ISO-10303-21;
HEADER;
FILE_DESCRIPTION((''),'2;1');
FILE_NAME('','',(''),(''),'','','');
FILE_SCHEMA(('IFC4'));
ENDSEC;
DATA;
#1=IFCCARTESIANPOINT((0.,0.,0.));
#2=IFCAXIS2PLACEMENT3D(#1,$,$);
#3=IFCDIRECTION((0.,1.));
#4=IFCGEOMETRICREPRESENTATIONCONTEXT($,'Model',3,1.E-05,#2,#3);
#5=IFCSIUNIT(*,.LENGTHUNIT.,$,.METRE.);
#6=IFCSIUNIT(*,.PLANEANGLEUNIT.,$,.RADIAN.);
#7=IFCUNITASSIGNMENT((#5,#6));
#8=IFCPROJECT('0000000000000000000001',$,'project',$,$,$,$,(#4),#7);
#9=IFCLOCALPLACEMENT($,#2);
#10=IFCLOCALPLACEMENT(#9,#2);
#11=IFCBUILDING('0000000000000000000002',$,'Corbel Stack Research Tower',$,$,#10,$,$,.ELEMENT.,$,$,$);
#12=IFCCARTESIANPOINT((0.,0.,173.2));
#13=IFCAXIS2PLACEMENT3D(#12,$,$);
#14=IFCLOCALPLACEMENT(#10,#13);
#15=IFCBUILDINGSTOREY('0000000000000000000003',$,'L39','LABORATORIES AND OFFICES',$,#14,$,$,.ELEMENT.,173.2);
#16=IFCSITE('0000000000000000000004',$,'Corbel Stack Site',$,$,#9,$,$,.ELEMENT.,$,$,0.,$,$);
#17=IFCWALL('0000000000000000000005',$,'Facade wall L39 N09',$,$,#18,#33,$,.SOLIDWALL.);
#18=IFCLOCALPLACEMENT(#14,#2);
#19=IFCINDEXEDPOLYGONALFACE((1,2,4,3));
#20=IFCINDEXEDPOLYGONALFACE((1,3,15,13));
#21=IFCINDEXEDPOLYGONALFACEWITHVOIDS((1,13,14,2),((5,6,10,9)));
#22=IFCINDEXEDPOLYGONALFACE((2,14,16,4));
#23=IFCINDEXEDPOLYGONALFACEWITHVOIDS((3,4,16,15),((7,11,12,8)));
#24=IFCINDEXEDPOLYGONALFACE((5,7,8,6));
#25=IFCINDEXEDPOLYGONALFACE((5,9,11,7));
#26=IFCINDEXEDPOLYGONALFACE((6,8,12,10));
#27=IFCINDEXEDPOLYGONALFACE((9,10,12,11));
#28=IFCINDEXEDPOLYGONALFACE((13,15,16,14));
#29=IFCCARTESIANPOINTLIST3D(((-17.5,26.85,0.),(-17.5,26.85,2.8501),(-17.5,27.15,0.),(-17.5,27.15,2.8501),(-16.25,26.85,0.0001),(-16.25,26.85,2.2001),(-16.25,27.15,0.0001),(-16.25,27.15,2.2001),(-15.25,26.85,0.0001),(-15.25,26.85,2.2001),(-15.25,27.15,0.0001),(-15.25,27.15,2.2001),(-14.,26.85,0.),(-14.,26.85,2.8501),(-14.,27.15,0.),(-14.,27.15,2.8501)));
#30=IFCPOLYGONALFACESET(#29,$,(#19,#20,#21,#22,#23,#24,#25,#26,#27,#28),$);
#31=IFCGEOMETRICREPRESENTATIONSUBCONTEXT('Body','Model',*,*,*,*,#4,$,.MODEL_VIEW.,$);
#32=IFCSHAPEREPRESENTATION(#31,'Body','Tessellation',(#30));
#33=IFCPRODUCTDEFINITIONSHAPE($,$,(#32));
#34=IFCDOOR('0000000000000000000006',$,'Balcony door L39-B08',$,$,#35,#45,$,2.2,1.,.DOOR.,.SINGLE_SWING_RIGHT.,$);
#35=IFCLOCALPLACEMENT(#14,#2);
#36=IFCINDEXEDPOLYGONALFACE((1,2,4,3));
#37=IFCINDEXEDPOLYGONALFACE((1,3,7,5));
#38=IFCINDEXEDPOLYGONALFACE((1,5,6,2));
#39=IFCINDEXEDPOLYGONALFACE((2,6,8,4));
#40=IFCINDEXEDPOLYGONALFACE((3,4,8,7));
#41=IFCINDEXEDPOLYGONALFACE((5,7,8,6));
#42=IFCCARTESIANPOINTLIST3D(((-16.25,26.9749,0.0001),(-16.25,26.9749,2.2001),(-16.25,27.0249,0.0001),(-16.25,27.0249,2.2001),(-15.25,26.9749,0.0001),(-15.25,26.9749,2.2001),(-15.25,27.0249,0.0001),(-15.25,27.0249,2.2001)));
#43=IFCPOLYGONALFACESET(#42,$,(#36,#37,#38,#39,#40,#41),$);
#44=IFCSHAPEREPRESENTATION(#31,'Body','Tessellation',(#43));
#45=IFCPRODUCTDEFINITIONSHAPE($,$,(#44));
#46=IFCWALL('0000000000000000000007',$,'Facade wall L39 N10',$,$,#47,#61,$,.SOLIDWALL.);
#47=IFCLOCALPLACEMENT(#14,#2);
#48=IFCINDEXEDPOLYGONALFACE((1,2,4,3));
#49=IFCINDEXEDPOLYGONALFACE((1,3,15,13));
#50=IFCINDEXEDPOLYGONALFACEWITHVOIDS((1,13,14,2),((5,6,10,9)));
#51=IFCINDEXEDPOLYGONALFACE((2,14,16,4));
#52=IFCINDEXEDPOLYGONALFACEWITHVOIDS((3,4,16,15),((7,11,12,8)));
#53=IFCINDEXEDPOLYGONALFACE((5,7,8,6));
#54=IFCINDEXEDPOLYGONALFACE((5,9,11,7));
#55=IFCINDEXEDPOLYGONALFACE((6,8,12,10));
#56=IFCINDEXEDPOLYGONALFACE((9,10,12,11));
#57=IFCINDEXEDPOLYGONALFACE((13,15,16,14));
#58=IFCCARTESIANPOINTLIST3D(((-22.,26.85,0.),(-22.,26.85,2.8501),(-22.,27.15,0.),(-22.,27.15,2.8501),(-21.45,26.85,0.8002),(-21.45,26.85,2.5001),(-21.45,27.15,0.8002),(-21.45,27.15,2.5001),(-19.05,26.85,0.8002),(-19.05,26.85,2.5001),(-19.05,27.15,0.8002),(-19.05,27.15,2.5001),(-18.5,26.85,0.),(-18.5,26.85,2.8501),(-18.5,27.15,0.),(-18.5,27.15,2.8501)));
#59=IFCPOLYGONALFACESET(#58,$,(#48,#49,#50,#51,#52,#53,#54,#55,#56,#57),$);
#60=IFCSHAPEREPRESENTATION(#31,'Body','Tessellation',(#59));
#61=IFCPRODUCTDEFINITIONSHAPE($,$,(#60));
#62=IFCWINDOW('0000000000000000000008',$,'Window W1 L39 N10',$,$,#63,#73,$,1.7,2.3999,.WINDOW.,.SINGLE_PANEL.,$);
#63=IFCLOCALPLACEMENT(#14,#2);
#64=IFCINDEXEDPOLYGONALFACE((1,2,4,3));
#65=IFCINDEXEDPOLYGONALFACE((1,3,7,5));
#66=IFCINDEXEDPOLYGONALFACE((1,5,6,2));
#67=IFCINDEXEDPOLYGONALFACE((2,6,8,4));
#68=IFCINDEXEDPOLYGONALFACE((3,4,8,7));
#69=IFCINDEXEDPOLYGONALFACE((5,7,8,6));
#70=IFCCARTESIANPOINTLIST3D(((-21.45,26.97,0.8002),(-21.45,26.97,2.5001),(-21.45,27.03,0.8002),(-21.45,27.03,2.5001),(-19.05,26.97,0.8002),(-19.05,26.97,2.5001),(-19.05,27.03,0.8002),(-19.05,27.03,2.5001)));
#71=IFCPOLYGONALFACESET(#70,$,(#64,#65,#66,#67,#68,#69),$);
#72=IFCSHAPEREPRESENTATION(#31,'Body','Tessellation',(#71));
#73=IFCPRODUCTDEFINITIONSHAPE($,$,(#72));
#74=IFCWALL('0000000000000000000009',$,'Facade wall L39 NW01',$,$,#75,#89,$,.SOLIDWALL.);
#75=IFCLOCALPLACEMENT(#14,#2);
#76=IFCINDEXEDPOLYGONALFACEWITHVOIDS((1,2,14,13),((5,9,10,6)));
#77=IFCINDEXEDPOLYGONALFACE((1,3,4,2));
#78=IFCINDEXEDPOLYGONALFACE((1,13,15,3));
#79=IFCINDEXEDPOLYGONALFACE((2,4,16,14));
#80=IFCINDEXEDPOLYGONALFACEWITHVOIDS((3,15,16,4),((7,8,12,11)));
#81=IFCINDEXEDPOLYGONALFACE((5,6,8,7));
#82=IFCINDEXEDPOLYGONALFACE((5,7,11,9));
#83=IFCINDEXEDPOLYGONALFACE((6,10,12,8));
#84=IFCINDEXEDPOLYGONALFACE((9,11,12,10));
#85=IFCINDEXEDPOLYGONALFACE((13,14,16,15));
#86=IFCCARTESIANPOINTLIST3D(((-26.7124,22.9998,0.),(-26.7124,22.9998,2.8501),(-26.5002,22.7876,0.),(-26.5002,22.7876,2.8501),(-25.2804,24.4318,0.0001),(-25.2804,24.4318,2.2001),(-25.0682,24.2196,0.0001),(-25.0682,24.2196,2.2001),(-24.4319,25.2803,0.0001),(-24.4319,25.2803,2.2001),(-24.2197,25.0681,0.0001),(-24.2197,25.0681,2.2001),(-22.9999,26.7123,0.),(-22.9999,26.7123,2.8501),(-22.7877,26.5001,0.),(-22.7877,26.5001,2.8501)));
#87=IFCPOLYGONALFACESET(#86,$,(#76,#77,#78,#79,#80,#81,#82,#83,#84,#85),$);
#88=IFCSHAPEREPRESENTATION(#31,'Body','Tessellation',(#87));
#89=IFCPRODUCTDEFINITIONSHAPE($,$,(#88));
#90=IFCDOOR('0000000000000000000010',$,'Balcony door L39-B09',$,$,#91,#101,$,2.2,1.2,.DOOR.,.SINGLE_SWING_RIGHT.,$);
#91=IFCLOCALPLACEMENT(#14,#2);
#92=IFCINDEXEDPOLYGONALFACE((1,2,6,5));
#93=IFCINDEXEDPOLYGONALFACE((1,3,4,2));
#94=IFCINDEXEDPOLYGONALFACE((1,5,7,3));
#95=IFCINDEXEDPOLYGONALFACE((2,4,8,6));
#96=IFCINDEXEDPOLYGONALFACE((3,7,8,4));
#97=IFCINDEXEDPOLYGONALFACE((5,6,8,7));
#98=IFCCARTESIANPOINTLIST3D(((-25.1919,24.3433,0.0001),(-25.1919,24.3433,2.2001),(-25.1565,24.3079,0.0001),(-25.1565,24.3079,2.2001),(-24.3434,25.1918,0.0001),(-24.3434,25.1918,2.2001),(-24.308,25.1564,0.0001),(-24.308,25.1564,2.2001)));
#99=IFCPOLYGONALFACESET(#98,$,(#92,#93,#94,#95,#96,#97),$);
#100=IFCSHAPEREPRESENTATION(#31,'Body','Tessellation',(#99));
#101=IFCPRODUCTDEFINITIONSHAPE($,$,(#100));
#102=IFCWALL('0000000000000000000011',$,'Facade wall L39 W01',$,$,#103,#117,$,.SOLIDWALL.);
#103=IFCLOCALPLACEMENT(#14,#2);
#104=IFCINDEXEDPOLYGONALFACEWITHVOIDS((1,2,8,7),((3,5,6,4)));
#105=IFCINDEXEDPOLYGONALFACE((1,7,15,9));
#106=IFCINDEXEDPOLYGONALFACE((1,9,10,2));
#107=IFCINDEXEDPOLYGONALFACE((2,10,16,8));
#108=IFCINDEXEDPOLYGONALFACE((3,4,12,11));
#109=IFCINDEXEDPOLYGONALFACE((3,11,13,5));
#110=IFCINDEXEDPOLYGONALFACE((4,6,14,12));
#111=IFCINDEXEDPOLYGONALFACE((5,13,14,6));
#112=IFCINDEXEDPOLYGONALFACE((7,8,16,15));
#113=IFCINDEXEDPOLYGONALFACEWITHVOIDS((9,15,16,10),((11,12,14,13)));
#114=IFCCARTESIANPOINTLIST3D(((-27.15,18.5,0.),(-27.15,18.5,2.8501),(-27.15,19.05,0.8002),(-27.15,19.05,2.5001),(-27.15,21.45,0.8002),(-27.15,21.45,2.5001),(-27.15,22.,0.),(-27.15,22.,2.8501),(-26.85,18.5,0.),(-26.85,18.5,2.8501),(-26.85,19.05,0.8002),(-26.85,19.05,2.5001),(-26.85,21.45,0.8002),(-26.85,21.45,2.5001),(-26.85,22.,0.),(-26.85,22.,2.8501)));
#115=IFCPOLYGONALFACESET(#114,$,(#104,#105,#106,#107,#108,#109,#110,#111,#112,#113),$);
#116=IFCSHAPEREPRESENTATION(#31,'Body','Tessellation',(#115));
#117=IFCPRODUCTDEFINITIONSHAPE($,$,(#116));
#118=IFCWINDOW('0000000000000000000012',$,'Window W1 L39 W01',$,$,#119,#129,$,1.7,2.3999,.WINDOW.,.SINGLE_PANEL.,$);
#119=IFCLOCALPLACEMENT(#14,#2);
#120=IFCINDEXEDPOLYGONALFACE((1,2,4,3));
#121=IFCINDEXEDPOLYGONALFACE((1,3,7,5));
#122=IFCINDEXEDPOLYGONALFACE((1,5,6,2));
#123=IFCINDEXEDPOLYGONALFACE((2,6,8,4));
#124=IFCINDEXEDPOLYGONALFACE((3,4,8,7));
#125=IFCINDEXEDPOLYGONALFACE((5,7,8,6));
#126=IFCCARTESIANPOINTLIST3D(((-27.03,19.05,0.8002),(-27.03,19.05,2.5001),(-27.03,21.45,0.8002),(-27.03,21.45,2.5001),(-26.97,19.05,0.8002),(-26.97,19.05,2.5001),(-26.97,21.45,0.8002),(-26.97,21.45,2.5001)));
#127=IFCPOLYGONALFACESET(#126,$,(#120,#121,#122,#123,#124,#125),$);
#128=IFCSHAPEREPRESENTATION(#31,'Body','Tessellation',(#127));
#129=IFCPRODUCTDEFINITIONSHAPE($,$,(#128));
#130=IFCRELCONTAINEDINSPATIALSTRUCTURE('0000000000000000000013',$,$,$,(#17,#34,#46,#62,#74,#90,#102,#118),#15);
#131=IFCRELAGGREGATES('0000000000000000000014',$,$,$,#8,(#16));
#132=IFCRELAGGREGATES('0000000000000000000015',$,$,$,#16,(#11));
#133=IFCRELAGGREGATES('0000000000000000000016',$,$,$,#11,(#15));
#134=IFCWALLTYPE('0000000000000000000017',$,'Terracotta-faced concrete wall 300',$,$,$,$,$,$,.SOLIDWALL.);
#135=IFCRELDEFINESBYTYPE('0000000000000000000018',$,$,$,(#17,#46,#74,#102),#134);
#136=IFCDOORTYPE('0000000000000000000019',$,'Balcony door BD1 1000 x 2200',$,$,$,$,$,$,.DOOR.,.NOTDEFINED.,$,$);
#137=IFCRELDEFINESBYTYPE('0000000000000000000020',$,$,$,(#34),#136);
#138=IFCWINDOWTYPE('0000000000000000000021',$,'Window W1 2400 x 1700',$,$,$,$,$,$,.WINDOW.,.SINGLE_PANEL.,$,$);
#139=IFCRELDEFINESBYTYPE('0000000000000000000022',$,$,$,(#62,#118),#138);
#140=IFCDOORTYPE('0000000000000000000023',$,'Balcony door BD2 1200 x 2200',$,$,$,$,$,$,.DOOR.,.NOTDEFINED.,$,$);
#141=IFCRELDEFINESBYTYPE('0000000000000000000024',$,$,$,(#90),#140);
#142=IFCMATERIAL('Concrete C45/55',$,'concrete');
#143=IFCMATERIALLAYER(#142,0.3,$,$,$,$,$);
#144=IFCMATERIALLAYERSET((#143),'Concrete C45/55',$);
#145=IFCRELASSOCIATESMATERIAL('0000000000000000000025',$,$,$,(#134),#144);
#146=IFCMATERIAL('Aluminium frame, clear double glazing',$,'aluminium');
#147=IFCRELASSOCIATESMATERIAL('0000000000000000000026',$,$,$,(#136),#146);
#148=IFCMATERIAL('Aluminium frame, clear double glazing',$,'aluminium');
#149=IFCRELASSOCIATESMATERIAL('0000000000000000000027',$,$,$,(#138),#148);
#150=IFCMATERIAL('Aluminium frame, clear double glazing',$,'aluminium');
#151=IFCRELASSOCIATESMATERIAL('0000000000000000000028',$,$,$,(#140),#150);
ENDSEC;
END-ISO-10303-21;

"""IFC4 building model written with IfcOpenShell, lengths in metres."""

from ifc_helpers import new_model, si_unit, direction, frame, frame_2d, origin, place, context, subcontext, project, spatial, rectangle, extrude, material, layer, layer_set, type_object, element, fill, save


model = new_model("IFC4")

# Units and contexts
model_context = context("Model", 3, precision=1e-05, world=origin(), true_north=direction((0.0, 1.0)))
body_context = subcontext(model_context, "Body", "Model", "MODEL_VIEW")
ifc_project = project(units=[si_unit("LENGTHUNIT", "METRE"), si_unit("PLANEANGLEUNIT", "RADIAN")], contexts=[model_context])

# Site, building, storey
site_placement = place(None, origin())
site = spatial("IfcSite", under=ifc_project, at=site_placement, Name="Corbel Stack Site", CompositionType="ELEMENT", RefElevation=0.0)
building_placement = place(site_placement, origin())
building = spatial("IfcBuilding", under=site, at=building_placement, Name="Corbel Stack Research Tower", CompositionType="ELEMENT")
storey_placement = place(building_placement, frame((0.0, 0.0, 173.2)))
storey = spatial("IfcBuildingStorey", under=building, at=storey_placement, Name="L39", Description="LABORATORIES AND OFFICES", CompositionType="ELEMENT", Elevation=173.2)

# Wall, opening, door
ifc_material_1 = material(Name="Concrete C45/55", Category="concrete")
ifc_layer_1 = layer(ifc_material_1, 0.3)
ifc_layer_set_1 = layer_set([ifc_layer_1], Name="Concrete C45/55")
wall_type_1 = type_object("IfcWallType", Name="Terracotta-faced concrete wall 300", PredefinedType="SOLIDWALL", material=ifc_layer_set_1)
wall_1_placement = place(storey_placement, frame((-17.5, 27.0, 0.0), z_axis=(0.0, 0.0, 1.0), x_axis=(1.0, 0.0, 0.0)))
wall_1 = element("IfcWall", 1, at=wall_1_placement, inside=storey, type_object=wall_type_1, Name="Facade wall L39 N09", PredefinedType="SOLIDWALL", context=body_context, shape_type="SweptSolid", body=[
    extrude(rectangle(XDim=3.5, YDim=0.3, at=frame_2d((1.75, 0.0))), origin(), (0.0, 0.0, 1.0), 2.8501),
])
opening_1_placement = place(wall_1_placement, frame((1.25, 0.0, 0.0)))
opening_1 = element("IfcOpeningElement", 2, at=opening_1_placement, cuts=wall_1, PredefinedType="OPENING", context=body_context, shape_type="SweptSolid", body=[
    extrude(rectangle(XDim=1.0, YDim=2.2, at=frame_2d((0.5, 1.1001))), frame((0.0, 0.1599, 0.0), z_axis=(0.0, -1.0, 0.0), x_axis=(1.0, 0.0, 0.0)), (0.0, 0.0, 1.0), 0.3201),
])
ifc_material_2 = material(Name="Aluminium frame, clear double glazing", Category="aluminium")
door_type_1 = type_object("IfcDoorType", Name="Balcony door BD1 1000 x 2200", OperationType="NOTDEFINED", PredefinedType="DOOR", material=ifc_material_2)
door_1_placement = place(opening_1_placement, origin())
door_1 = element("IfcDoor", 3, at=door_1_placement, inside=storey, type_object=door_type_1, Name="Balcony door L39-B08", OperationType="SINGLE_SWING_RIGHT", OverallHeight=2.2, OverallWidth=1.0, PredefinedType="DOOR", context=body_context, shape_type="SweptSolid", body=[
    extrude(rectangle(XDim=1.0, YDim=2.2, at=frame_2d((0.5, 1.1001))), frame((0.0, 0.0249, 0.0), z_axis=(0.0, -1.0, 0.0), x_axis=(1.0, 0.0, 0.0)), (0.0, 0.0, 1.0), 0.05),
])
fill(opening_1, door_1)

# Wall, opening, window
wall_2_placement = place(storey_placement, frame((-22.0, 27.0, 0.0), z_axis=(0.0, 0.0, 1.0), x_axis=(1.0, 0.0, 0.0)))
wall_2 = element("IfcWall", 4, at=wall_2_placement, inside=storey, type_object=wall_type_1, Name="Facade wall L39 N10", PredefinedType="SOLIDWALL", context=body_context, shape_type="SweptSolid", body=[
    extrude(rectangle(XDim=3.5, YDim=0.3, at=frame_2d((1.75, 0.0))), origin(), (0.0, 0.0, 1.0), 2.8501),
])
opening_2_placement = place(wall_2_placement, frame((0.55, 0.0, 0.8)))
opening_2 = element("IfcOpeningElement", 5, at=opening_2_placement, cuts=wall_2, PredefinedType="OPENING", context=body_context, shape_type="SweptSolid", body=[
    extrude(rectangle(XDim=2.3999, YDim=1.7, at=frame_2d((1.2, 0.8501))), frame((0.0, 0.1599, 0.0), z_axis=(0.0, -1.0, 0.0), x_axis=(1.0, 0.0, 0.0)), (0.0, 0.0, 1.0), 0.3201),
])
ifc_material_3 = material(Name="Aluminium frame, clear double glazing", Category="aluminium")
window_type = type_object("IfcWindowType", Name="Window W1 2400 x 1700", PartitioningType="SINGLE_PANEL", PredefinedType="WINDOW", material=ifc_material_3)
window_1_placement = place(opening_2_placement, origin())
window_1 = element("IfcWindow", 6, at=window_1_placement, inside=storey, type_object=window_type, Name="Window W1 L39 N10", OverallHeight=1.7, OverallWidth=2.3999, PartitioningType="SINGLE_PANEL", PredefinedType="WINDOW", context=body_context, shape_type="SweptSolid", body=[
    extrude(rectangle(XDim=2.3999, YDim=1.7, at=frame_2d((1.2, 0.8501))), frame((0.0, 0.03, 0.0), z_axis=(0.0, -1.0, 0.0), x_axis=(1.0, 0.0, 0.0)), (0.0, 0.0, 1.0), 0.0601),
])
fill(opening_2, window_1)

# Wall, opening, door
wall_3_placement = place(storey_placement, frame((-26.6062, 22.8938, 0.0), z_axis=(0.0, 0.0, 1.0), x_axis=(0.707107, 0.707107, 0.0)))
wall_3 = element("IfcWall", 7, at=wall_3_placement, inside=storey, type_object=wall_type_1, Name="Facade wall L39 NW01", PredefinedType="SOLIDWALL", context=body_context, shape_type="SweptSolid", body=[
    extrude(rectangle(XDim=5.2502, YDim=0.3, at=frame_2d((2.625, 0.0))), origin(), (0.0, 0.0, 1.0), 2.8501),
])
opening_3_placement = place(wall_3_placement, frame((2.0249, 0.0, 0.0)))
opening_3 = element("IfcOpeningElement", 8, at=opening_3_placement, cuts=wall_3, PredefinedType="OPENING", context=body_context, shape_type="SweptSolid", body=[
    extrude(rectangle(XDim=1.2, YDim=2.2, at=frame_2d((0.6001, 1.1001))), frame((0.0, 0.1599, 0.0), z_axis=(0.0, -1.0, 0.0), x_axis=(1.0, 0.0, 0.0)), (0.0, 0.0, 1.0), 0.3201),
])
ifc_material_4 = material(Name="Aluminium frame, clear double glazing", Category="aluminium")
door_type_2 = type_object("IfcDoorType", Name="Balcony door BD2 1200 x 2200", OperationType="NOTDEFINED", PredefinedType="DOOR", material=ifc_material_4)
door_2_placement = place(opening_3_placement, origin())
door_2 = element("IfcDoor", 9, at=door_2_placement, inside=storey, type_object=door_type_2, Name="Balcony door L39-B09", OperationType="SINGLE_SWING_RIGHT", OverallHeight=2.2, OverallWidth=1.2, PredefinedType="DOOR", context=body_context, shape_type="SweptSolid", body=[
    extrude(rectangle(XDim=1.2, YDim=2.2, at=frame_2d((0.6001, 1.1001))), frame((0.0, 0.0249, 0.0), z_axis=(0.0, -1.0, 0.0), x_axis=(1.0, 0.0, 0.0)), (0.0, 0.0, 1.0), 0.05),
])
fill(opening_3, door_2)

# Wall, opening, window
wall_4_placement = place(storey_placement, frame((-27.0, 18.5, 0.0), z_axis=(0.0, 0.0, 1.0), x_axis=(0.0, 1.0, 0.0)))
wall_4 = element("IfcWall", 10, at=wall_4_placement, inside=storey, type_object=wall_type_1, Name="Facade wall L39 W01", PredefinedType="SOLIDWALL", context=body_context, shape_type="SweptSolid", body=[
    extrude(rectangle(XDim=3.5, YDim=0.3, at=frame_2d((1.75, 0.0))), origin(), (0.0, 0.0, 1.0), 2.8501),
])
opening_4_placement = place(wall_4_placement, frame((0.55, 0.0, 0.8)))
opening_4 = element("IfcOpeningElement", 11, at=opening_4_placement, cuts=wall_4, PredefinedType="OPENING", context=body_context, shape_type="SweptSolid", body=[
    extrude(rectangle(XDim=2.3999, YDim=1.7, at=frame_2d((1.2, 0.8501))), frame((0.0, 0.1599, 0.0), z_axis=(0.0, -1.0, 0.0), x_axis=(1.0, 0.0, 0.0)), (0.0, 0.0, 1.0), 0.3201),
])
window_2_placement = place(opening_4_placement, origin())
window_2 = element("IfcWindow", 12, at=window_2_placement, inside=storey, type_object=window_type, Name="Window W1 L39 W01", OverallHeight=1.7, OverallWidth=2.3999, PartitioningType="SINGLE_PANEL", PredefinedType="WINDOW", context=body_context, shape_type="SweptSolid", body=[
    extrude(rectangle(XDim=2.3999, YDim=1.7, at=frame_2d((1.2, 0.8501))), frame((0.0, 0.03, 0.0), z_axis=(0.0, -1.0, 0.0), x_axis=(1.0, 0.0, 0.0)), (0.0, 0.0, 1.0), 0.0601),
])
fill(opening_4, window_2)

save(model, "model.ifc")
